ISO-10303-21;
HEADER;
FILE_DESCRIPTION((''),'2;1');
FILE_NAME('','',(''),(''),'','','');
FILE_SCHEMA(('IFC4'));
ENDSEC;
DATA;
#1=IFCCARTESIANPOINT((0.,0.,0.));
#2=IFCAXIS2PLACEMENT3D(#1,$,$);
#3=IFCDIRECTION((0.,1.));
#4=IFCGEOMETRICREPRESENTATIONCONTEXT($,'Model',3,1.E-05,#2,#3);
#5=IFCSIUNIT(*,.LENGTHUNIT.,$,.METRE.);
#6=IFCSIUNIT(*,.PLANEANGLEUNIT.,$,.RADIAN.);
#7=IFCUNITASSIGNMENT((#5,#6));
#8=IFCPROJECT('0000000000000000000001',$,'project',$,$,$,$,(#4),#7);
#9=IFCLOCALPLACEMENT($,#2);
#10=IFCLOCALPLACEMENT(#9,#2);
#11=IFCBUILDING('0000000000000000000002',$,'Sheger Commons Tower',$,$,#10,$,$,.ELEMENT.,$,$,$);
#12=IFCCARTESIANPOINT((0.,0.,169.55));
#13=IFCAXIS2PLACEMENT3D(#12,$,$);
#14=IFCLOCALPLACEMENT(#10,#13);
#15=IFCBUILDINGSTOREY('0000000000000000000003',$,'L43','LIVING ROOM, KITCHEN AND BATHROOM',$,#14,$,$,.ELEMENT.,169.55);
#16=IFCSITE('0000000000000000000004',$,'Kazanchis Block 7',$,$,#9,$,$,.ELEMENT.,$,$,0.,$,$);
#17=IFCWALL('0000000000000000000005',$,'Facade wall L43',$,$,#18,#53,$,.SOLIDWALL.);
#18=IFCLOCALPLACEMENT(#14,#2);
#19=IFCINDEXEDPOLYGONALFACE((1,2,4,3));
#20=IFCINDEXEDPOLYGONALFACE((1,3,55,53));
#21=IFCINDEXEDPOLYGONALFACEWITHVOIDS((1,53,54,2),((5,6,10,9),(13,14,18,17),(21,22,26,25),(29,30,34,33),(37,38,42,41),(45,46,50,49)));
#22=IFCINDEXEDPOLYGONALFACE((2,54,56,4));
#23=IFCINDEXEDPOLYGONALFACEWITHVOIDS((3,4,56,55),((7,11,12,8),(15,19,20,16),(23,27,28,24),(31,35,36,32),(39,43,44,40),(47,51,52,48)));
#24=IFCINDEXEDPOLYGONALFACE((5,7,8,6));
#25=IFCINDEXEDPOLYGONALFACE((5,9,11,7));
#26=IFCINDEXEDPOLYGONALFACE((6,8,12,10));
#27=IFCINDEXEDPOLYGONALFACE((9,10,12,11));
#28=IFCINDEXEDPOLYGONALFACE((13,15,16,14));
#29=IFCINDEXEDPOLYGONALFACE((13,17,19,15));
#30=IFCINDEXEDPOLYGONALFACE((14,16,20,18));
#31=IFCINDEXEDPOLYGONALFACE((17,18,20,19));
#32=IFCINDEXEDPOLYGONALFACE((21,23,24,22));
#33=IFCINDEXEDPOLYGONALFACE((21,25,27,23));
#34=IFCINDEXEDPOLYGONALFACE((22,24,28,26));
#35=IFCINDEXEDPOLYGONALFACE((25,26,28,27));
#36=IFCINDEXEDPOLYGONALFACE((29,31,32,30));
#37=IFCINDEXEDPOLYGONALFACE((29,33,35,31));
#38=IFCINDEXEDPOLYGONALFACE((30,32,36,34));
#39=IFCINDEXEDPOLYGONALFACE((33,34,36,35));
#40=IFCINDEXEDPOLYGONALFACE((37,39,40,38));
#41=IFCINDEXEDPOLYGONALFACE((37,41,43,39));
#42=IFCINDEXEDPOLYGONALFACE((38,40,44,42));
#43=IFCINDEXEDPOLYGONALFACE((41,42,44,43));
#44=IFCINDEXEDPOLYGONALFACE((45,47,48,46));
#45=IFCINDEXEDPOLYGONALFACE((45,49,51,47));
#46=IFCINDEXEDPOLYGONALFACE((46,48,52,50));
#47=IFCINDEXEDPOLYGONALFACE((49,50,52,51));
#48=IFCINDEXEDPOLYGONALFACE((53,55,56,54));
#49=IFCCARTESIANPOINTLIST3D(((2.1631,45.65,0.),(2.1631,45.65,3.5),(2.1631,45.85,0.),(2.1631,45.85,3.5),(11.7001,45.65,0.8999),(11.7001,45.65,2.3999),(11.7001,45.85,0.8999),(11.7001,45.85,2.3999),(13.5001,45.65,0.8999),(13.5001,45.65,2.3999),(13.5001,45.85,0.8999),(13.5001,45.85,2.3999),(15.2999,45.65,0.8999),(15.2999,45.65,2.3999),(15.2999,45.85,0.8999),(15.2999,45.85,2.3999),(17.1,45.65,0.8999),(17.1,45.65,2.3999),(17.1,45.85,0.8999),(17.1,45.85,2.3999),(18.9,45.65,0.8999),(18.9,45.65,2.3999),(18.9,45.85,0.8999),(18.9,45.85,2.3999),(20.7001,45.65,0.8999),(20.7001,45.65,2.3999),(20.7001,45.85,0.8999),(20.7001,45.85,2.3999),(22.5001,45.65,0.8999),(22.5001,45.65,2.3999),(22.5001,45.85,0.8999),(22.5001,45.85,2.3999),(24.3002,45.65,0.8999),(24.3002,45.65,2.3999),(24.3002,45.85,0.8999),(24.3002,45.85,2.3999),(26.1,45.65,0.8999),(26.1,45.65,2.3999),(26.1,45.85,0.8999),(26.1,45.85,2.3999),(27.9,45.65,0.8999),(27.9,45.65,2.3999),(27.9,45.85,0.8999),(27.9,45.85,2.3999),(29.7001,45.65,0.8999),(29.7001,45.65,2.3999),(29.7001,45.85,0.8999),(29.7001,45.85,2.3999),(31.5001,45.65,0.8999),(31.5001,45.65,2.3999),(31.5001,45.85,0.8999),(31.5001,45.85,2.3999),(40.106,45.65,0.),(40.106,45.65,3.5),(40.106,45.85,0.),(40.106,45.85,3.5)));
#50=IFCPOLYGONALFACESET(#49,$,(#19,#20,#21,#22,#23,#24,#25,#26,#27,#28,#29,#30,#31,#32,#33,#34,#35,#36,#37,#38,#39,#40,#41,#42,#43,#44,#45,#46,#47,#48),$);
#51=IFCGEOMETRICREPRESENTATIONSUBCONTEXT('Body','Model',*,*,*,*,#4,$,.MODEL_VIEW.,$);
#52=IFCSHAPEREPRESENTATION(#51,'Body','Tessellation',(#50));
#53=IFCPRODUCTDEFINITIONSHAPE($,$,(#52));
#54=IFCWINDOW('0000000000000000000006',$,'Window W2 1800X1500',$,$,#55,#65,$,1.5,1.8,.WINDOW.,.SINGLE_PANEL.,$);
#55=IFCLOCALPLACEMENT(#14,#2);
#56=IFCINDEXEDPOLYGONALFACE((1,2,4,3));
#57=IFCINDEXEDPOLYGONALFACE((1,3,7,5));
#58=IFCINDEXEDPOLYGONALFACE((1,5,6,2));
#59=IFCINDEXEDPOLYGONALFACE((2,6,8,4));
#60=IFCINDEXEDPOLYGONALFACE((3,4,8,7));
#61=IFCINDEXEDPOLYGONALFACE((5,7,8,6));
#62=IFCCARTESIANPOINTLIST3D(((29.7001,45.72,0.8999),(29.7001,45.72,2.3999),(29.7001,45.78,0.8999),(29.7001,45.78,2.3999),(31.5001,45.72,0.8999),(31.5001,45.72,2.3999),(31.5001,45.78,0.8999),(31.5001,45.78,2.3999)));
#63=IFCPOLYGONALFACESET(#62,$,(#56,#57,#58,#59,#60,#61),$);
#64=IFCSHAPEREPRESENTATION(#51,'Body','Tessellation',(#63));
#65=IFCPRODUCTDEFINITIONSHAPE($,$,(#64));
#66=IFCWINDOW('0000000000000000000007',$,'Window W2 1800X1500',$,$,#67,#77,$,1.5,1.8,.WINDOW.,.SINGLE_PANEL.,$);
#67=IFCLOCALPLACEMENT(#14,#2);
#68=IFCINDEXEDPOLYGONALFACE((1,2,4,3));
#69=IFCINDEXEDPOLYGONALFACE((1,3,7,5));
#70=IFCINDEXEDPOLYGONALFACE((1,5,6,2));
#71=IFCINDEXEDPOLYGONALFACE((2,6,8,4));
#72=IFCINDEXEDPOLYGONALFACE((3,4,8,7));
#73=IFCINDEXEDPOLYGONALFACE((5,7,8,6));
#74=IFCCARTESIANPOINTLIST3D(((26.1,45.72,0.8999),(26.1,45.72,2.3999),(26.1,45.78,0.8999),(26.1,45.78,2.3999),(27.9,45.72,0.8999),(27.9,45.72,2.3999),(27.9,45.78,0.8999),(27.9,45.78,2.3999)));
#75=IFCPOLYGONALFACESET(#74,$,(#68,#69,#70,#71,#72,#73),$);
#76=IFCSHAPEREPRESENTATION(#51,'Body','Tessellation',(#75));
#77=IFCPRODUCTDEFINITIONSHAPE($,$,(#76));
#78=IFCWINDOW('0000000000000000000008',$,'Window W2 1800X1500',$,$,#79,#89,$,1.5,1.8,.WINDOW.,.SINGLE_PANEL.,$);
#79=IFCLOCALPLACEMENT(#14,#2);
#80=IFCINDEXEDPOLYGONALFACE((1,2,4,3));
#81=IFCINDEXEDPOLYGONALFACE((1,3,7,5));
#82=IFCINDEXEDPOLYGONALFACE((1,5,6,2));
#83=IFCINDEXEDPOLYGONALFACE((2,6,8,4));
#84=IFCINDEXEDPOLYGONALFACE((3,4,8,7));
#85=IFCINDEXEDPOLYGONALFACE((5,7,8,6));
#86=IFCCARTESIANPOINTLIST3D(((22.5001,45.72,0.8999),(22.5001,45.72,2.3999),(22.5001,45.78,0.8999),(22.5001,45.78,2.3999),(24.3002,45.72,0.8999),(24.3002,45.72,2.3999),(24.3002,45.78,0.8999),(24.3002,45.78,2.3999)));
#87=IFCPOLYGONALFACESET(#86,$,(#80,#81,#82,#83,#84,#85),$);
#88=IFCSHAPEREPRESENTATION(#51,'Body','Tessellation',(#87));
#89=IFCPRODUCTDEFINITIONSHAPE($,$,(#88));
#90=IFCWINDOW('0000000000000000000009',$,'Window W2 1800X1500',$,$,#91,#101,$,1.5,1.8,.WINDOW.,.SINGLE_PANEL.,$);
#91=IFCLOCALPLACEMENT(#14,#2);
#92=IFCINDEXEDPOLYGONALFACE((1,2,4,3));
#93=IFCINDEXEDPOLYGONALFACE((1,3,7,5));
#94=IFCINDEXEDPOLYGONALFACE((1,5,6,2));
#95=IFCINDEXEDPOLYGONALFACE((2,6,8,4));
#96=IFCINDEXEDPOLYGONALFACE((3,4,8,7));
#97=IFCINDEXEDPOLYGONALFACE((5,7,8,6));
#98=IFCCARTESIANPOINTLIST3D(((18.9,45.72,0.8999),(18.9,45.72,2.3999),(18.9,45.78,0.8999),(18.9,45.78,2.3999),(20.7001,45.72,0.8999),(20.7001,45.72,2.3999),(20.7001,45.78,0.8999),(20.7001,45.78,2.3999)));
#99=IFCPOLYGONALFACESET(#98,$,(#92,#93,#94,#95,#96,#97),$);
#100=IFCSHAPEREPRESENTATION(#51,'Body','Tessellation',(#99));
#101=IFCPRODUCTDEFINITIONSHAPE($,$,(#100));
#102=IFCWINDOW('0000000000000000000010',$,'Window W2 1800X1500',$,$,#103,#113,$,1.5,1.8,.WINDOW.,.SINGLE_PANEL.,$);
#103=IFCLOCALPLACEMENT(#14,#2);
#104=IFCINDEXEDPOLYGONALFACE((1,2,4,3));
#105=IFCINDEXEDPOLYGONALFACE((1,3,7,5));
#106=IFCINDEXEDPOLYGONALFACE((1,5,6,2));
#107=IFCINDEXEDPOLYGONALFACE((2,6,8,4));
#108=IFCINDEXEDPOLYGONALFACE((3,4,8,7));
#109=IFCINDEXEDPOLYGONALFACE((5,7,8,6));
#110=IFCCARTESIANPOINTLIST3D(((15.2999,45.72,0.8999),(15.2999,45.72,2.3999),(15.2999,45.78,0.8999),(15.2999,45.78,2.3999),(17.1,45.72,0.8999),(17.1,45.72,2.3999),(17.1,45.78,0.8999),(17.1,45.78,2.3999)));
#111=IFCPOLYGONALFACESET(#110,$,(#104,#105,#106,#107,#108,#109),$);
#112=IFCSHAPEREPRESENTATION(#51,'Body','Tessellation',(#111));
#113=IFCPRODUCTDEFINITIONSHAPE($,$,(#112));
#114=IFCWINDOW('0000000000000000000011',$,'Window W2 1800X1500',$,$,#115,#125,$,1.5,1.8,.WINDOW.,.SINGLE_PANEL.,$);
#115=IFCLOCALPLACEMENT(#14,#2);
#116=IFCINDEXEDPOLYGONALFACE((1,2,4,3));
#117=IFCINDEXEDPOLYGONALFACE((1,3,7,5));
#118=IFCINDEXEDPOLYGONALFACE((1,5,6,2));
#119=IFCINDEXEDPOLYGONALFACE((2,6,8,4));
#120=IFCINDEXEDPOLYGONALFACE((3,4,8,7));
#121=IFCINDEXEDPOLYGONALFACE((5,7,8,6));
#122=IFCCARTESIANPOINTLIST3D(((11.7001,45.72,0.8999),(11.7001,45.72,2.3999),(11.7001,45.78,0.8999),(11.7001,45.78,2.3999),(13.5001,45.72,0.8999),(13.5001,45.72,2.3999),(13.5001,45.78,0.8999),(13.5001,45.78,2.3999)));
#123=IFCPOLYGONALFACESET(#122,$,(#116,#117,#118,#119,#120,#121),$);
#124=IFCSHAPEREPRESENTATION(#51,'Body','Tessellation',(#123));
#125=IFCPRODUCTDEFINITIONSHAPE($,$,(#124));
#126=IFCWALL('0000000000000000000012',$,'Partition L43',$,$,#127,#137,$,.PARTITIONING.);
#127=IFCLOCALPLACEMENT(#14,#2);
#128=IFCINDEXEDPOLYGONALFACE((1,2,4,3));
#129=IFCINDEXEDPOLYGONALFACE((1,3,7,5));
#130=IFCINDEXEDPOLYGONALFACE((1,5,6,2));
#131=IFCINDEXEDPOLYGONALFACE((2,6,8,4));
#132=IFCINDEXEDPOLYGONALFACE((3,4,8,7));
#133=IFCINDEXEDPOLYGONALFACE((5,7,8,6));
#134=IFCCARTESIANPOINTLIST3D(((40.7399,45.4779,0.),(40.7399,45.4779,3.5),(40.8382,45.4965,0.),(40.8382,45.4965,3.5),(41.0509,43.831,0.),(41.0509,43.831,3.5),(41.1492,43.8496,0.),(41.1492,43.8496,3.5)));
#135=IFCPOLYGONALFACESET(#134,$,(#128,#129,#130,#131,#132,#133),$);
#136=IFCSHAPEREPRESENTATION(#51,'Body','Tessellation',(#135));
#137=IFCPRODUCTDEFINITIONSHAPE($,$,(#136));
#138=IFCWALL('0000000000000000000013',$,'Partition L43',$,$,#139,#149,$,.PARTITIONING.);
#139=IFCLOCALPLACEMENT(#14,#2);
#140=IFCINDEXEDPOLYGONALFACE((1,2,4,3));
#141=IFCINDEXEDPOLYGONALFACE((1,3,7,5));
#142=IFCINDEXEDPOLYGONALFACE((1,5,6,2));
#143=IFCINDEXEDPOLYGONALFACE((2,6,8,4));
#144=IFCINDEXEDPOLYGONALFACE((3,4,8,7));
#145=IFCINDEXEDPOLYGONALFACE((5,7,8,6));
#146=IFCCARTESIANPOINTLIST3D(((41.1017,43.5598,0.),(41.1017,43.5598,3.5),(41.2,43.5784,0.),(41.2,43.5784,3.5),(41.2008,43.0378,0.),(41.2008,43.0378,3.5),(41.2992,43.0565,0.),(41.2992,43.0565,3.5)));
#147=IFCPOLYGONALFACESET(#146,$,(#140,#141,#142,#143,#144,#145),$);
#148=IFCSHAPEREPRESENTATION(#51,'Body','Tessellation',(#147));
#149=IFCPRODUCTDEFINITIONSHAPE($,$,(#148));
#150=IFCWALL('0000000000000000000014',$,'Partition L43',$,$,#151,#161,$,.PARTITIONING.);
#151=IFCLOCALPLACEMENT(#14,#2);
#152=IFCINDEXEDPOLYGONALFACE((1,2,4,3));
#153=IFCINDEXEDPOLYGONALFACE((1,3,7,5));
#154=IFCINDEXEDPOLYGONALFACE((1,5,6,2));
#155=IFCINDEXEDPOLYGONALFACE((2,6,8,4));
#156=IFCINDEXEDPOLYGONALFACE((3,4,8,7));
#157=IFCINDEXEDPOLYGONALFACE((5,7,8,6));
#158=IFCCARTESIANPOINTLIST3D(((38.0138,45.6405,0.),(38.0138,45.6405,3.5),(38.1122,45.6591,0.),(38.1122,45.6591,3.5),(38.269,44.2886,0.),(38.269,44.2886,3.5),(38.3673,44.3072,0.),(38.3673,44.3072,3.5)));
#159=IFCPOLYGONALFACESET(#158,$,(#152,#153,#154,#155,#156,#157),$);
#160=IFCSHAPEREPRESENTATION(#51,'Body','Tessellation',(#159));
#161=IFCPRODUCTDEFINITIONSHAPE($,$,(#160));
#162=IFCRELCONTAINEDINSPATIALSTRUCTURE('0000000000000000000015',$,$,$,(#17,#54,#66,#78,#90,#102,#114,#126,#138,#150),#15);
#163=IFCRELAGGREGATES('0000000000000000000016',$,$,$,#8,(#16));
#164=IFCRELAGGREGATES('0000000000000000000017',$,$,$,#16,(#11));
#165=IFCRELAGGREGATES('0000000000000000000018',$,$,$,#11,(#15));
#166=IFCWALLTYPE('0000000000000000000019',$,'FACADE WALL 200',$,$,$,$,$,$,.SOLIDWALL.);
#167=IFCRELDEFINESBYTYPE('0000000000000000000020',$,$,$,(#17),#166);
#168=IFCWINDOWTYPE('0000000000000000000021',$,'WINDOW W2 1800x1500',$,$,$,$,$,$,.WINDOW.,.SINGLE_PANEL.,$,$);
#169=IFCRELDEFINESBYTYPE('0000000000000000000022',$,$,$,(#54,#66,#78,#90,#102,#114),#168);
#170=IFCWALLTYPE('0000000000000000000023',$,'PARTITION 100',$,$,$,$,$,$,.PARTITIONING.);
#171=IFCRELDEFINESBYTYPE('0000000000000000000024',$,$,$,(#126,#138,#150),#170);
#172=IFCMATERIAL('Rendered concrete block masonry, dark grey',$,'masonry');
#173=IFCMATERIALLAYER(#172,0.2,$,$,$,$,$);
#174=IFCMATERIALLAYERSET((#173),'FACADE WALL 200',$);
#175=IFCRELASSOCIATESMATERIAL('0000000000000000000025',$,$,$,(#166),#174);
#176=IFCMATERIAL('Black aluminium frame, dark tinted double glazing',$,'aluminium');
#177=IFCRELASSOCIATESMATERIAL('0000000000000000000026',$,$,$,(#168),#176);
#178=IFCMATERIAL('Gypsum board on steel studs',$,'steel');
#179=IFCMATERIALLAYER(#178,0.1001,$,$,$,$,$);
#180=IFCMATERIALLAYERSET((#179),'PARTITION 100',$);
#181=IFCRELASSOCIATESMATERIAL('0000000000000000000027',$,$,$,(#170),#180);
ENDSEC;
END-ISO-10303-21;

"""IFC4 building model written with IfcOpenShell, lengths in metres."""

from ifc_helpers import new_model, si_unit, direction, frame, frame_2d, origin, place, context, subcontext, project, spatial, rectangle, extrude, material, layer, layer_set, type_object, element, fill, save


model = new_model("IFC4")

# Units and contexts
model_context = context("Model", 3, precision=1e-05, world=origin(), true_north=direction((0.0, 1.0)))
body_context = subcontext(model_context, "Body", "Model", "MODEL_VIEW")
ifc_project = project(units=[si_unit("LENGTHUNIT", "METRE"), si_unit("PLANEANGLEUNIT", "RADIAN")], contexts=[model_context])

# Site, building, storey
site_placement = place(None, origin())
site = spatial("IfcSite", under=ifc_project, at=site_placement, Name="Kazanchis Block 7", CompositionType="ELEMENT", RefElevation=0.0)
building_placement = place(site_placement, origin())
building = spatial("IfcBuilding", under=site, at=building_placement, Name="Sheger Commons Tower", CompositionType="ELEMENT")
storey_placement = place(building_placement, frame((0.0, 0.0, 169.55)))
storey = spatial("IfcBuildingStorey", under=building, at=storey_placement, Name="L43", Description="LIVING ROOM, KITCHEN AND BATHROOM", CompositionType="ELEMENT", Elevation=169.55)

# Shared definitions
ifc_material_1 = material(Name="Rendered concrete block masonry, dark grey", Category="masonry")
ifc_layer_1 = layer(ifc_material_1, 0.2)
ifc_layer_set_1 = layer_set([ifc_layer_1], Name="FACADE WALL 200")
wall_type_1 = type_object("IfcWallType", Name="FACADE WALL 200", PredefinedType="SOLIDWALL", material=ifc_layer_set_1)

# Wall, openings, windows
wall_1_placement = place(storey_placement, frame((40.106, 45.75, 0.0), z_axis=(0.0, 0.0, 1.0), x_axis=(-1.0, 0.0, 0.0)))
wall_1 = element("IfcWall", 1, at=wall_1_placement, inside=storey, type_object=wall_type_1, Name="Facade wall L43", PredefinedType="SOLIDWALL", context=body_context, shape_type="SweptSolid", body=[
    extrude(rectangle(XDim=37.9429, YDim=0.2, at=frame_2d((18.9714, 0.0))), origin(), (0.0, 0.0, 1.0), 3.5),
])
opening_1_placement = place(wall_1_placement, frame((8.606, 0.0, 0.8999)))
opening_1 = element("IfcOpeningElement", 2, at=opening_1_placement, cuts=wall_1, PredefinedType="OPENING", context=body_context, shape_type="SweptSolid", body=[
    extrude(rectangle(XDim=1.8, YDim=1.5, at=frame_2d((0.8999, 0.75))), frame((0.0, 0.1099, 0.0), z_axis=(0.0, -1.0, 0.0), x_axis=(1.0, 0.0, 0.0)), (0.0, 0.0, 1.0), 0.22),
])
opening_2_placement = place(wall_1_placement, frame((12.2061, 0.0, 0.8999)))
opening_2 = element("IfcOpeningElement", 3, at=opening_2_placement, cuts=wall_1, PredefinedType="OPENING", context=body_context, shape_type="SweptSolid", body=[
    extrude(rectangle(XDim=1.8, YDim=1.5, at=frame_2d((0.8999, 0.75))), frame((0.0, 0.1099, 0.0), z_axis=(0.0, -1.0, 0.0), x_axis=(1.0, 0.0, 0.0)), (0.0, 0.0, 1.0), 0.22),
])
opening_3_placement = place(wall_1_placement, frame((15.8059, 0.0, 0.8999)))
opening_3 = element("IfcOpeningElement", 4, at=opening_3_placement, cuts=wall_1, PredefinedType="OPENING", context=body_context, shape_type="SweptSolid", body=[
    extrude(rectangle(XDim=1.8, YDim=1.5, at=frame_2d((0.8999, 0.75))), frame((0.0, 0.1099, 0.0), z_axis=(0.0, -1.0, 0.0), x_axis=(1.0, 0.0, 0.0)), (0.0, 0.0, 1.0), 0.22),
])
opening_4_placement = place(wall_1_placement, frame((19.406, 0.0, 0.8999)))
opening_4 = element("IfcOpeningElement", 5, at=opening_4_placement, cuts=wall_1, PredefinedType="OPENING", context=body_context, shape_type="SweptSolid", body=[
    extrude(rectangle(XDim=1.8, YDim=1.5, at=frame_2d((0.8999, 0.75))), frame((0.0, 0.1099, 0.0), z_axis=(0.0, -1.0, 0.0), x_axis=(1.0, 0.0, 0.0)), (0.0, 0.0, 1.0), 0.22),
])
opening_5_placement = place(wall_1_placement, frame((23.0061, 0.0, 0.8999)))
opening_5 = element("IfcOpeningElement", 6, at=opening_5_placement, cuts=wall_1, PredefinedType="OPENING", context=body_context, shape_type="SweptSolid", body=[
    extrude(rectangle(XDim=1.8, YDim=1.5, at=frame_2d((0.8999, 0.75))), frame((0.0, 0.1099, 0.0), z_axis=(0.0, -1.0, 0.0), x_axis=(1.0, 0.0, 0.0)), (0.0, 0.0, 1.0), 0.22),
])
opening_6_placement = place(wall_1_placement, frame((26.606, 0.0, 0.8999)))
opening_6 = element("IfcOpeningElement", 7, at=opening_6_placement, cuts=wall_1, PredefinedType="OPENING", context=body_context, shape_type="SweptSolid", body=[
    extrude(rectangle(XDim=1.8, YDim=1.5, at=frame_2d((0.8999, 0.75))), frame((0.0, 0.1099, 0.0), z_axis=(0.0, -1.0, 0.0), x_axis=(1.0, 0.0, 0.0)), (0.0, 0.0, 1.0), 0.22),
])
ifc_material_2 = material(Name="Black aluminium frame, dark tinted double glazing", Category="aluminium")
window_type = type_object("IfcWindowType", Name="WINDOW W2 1800x1500", PartitioningType="SINGLE_PANEL", PredefinedType="WINDOW", material=ifc_material_2)
window_1_placement = place(opening_1_placement, origin())
window_1 = element("IfcWindow", 8, at=window_1_placement, inside=storey, type_object=window_type, Name="Window W2 1800X1500", OverallHeight=1.5, OverallWidth=1.8, PartitioningType="SINGLE_PANEL", PredefinedType="WINDOW", context=body_context, shape_type="SweptSolid", body=[
    extrude(rectangle(XDim=1.8, YDim=1.5, at=frame_2d((0.8999, 0.75))), frame((0.0, 0.03, 0.0), z_axis=(0.0, -1.0, 0.0), x_axis=(1.0, 0.0, 0.0)), (0.0, 0.0, 1.0), 0.0601),
])
fill(opening_1, window_1)
window_2_placement = place(opening_2_placement, origin())
window_2 = element("IfcWindow", 9, at=window_2_placement, inside=storey, type_object=window_type, Name="Window W2 1800X1500", OverallHeight=1.5, OverallWidth=1.8, PartitioningType="SINGLE_PANEL", PredefinedType="WINDOW", context=body_context, shape_type="SweptSolid", body=[
    extrude(rectangle(XDim=1.8, YDim=1.5, at=frame_2d((0.8999, 0.75))), frame((0.0, 0.03, 0.0), z_axis=(0.0, -1.0, 0.0), x_axis=(1.0, 0.0, 0.0)), (0.0, 0.0, 1.0), 0.0601),
])
fill(opening_2, window_2)
window_3_placement = place(opening_3_placement, origin())
window_3 = element("IfcWindow", 10, at=window_3_placement, inside=storey, type_object=window_type, Name="Window W2 1800X1500", OverallHeight=1.5, OverallWidth=1.8, PartitioningType="SINGLE_PANEL", PredefinedType="WINDOW", context=body_context, shape_type="SweptSolid", body=[
    extrude(rectangle(XDim=1.8, YDim=1.5, at=frame_2d((0.8999, 0.75))), frame((0.0, 0.03, 0.0), z_axis=(0.0, -1.0, 0.0), x_axis=(1.0, 0.0, 0.0)), (0.0, 0.0, 1.0), 0.0601),
])
fill(opening_3, window_3)
window_4_placement = place(opening_4_placement, origin())
window_4 = element("IfcWindow", 11, at=window_4_placement, inside=storey, type_object=window_type, Name="Window W2 1800X1500", OverallHeight=1.5, OverallWidth=1.8, PartitioningType="SINGLE_PANEL", PredefinedType="WINDOW", context=body_context, shape_type="SweptSolid", body=[
    extrude(rectangle(XDim=1.8, YDim=1.5, at=frame_2d((0.8999, 0.75))), frame((0.0, 0.03, 0.0), z_axis=(0.0, -1.0, 0.0), x_axis=(1.0, 0.0, 0.0)), (0.0, 0.0, 1.0), 0.0601),
])
fill(opening_4, window_4)
window_5_placement = place(opening_5_placement, origin())
window_5 = element("IfcWindow", 12, at=window_5_placement, inside=storey, type_object=window_type, Name="Window W2 1800X1500", OverallHeight=1.5, OverallWidth=1.8, PartitioningType="SINGLE_PANEL", PredefinedType="WINDOW", context=body_context, shape_type="SweptSolid", body=[
    extrude(rectangle(XDim=1.8, YDim=1.5, at=frame_2d((0.8999, 0.75))), frame((0.0, 0.03, 0.0), z_axis=(0.0, -1.0, 0.0), x_axis=(1.0, 0.0, 0.0)), (0.0, 0.0, 1.0), 0.0601),
])
fill(opening_5, window_5)
window_6_placement = place(opening_6_placement, origin())
window_6 = element("IfcWindow", 13, at=window_6_placement, inside=storey, type_object=window_type, Name="Window W2 1800X1500", OverallHeight=1.5, OverallWidth=1.8, PartitioningType="SINGLE_PANEL", PredefinedType="WINDOW", context=body_context, shape_type="SweptSolid", body=[
    extrude(rectangle(XDim=1.8, YDim=1.5, at=frame_2d((0.8999, 0.75))), frame((0.0, 0.03, 0.0), z_axis=(0.0, -1.0, 0.0), x_axis=(1.0, 0.0, 0.0)), (0.0, 0.0, 1.0), 0.0601),
])
fill(opening_6, window_6)

# Walls
ifc_material_3 = material(Name="Gypsum board on steel studs", Category="steel")
ifc_layer_2 = layer(ifc_material_3, 0.1001)
ifc_layer_set_2 = layer_set([ifc_layer_2], Name="PARTITION 100")
wall_type_2 = type_object("IfcWallType", Name="PARTITION 100", PredefinedType="PARTITIONING", material=ifc_layer_set_2)
wall_2_placement = place(storey_placement, frame((40.7891, 45.4871, 0.0), z_axis=(0.0, 0.0, 1.0), x_axis=(0.185572, -0.982631, 0.0)))
element("IfcWall", 14, at=wall_2_placement, inside=storey, type_object=wall_type_2, Name="Partition L43", PredefinedType="PARTITIONING", context=body_context, shape_type="SweptSolid", body=[
    extrude(rectangle(XDim=1.676, YDim=0.1001, at=frame_2d((0.8379, 0.0))), origin(), (0.0, 0.0, 1.0), 3.5),
])
wall_3_placement = place(storey_placement, frame((41.1509, 43.5691, 0.0), z_axis=(0.0, 0.0, 1.0), x_axis=(0.186563, -0.982443, 0.0)))
element("IfcWall", 15, at=wall_3_placement, inside=storey, type_object=wall_type_2, Name="Partition L43", PredefinedType="PARTITIONING", context=body_context, shape_type="SweptSolid", body=[
    extrude(rectangle(XDim=0.5312, YDim=0.1001, at=frame_2d((0.2656, 0.0))), origin(), (0.0, 0.0, 1.0), 3.5),
])
wall_4_placement = place(storey_placement, frame((38.063, 45.6499, 0.0), z_axis=(0.0, 0.0, 1.0), x_axis=(0.185456, -0.982653, 0.0)))
element("IfcWall", 16, at=wall_4_placement, inside=storey, type_object=wall_type_2, Name="Partition L43", PredefinedType="PARTITIONING", context=body_context, shape_type="SweptSolid", body=[
    extrude(rectangle(XDim=1.3757, YDim=0.1001, at=frame_2d((0.688, 0.0))), origin(), (0.0, 0.0, 1.0), 3.5),
])

save(model, "model.ifc")
